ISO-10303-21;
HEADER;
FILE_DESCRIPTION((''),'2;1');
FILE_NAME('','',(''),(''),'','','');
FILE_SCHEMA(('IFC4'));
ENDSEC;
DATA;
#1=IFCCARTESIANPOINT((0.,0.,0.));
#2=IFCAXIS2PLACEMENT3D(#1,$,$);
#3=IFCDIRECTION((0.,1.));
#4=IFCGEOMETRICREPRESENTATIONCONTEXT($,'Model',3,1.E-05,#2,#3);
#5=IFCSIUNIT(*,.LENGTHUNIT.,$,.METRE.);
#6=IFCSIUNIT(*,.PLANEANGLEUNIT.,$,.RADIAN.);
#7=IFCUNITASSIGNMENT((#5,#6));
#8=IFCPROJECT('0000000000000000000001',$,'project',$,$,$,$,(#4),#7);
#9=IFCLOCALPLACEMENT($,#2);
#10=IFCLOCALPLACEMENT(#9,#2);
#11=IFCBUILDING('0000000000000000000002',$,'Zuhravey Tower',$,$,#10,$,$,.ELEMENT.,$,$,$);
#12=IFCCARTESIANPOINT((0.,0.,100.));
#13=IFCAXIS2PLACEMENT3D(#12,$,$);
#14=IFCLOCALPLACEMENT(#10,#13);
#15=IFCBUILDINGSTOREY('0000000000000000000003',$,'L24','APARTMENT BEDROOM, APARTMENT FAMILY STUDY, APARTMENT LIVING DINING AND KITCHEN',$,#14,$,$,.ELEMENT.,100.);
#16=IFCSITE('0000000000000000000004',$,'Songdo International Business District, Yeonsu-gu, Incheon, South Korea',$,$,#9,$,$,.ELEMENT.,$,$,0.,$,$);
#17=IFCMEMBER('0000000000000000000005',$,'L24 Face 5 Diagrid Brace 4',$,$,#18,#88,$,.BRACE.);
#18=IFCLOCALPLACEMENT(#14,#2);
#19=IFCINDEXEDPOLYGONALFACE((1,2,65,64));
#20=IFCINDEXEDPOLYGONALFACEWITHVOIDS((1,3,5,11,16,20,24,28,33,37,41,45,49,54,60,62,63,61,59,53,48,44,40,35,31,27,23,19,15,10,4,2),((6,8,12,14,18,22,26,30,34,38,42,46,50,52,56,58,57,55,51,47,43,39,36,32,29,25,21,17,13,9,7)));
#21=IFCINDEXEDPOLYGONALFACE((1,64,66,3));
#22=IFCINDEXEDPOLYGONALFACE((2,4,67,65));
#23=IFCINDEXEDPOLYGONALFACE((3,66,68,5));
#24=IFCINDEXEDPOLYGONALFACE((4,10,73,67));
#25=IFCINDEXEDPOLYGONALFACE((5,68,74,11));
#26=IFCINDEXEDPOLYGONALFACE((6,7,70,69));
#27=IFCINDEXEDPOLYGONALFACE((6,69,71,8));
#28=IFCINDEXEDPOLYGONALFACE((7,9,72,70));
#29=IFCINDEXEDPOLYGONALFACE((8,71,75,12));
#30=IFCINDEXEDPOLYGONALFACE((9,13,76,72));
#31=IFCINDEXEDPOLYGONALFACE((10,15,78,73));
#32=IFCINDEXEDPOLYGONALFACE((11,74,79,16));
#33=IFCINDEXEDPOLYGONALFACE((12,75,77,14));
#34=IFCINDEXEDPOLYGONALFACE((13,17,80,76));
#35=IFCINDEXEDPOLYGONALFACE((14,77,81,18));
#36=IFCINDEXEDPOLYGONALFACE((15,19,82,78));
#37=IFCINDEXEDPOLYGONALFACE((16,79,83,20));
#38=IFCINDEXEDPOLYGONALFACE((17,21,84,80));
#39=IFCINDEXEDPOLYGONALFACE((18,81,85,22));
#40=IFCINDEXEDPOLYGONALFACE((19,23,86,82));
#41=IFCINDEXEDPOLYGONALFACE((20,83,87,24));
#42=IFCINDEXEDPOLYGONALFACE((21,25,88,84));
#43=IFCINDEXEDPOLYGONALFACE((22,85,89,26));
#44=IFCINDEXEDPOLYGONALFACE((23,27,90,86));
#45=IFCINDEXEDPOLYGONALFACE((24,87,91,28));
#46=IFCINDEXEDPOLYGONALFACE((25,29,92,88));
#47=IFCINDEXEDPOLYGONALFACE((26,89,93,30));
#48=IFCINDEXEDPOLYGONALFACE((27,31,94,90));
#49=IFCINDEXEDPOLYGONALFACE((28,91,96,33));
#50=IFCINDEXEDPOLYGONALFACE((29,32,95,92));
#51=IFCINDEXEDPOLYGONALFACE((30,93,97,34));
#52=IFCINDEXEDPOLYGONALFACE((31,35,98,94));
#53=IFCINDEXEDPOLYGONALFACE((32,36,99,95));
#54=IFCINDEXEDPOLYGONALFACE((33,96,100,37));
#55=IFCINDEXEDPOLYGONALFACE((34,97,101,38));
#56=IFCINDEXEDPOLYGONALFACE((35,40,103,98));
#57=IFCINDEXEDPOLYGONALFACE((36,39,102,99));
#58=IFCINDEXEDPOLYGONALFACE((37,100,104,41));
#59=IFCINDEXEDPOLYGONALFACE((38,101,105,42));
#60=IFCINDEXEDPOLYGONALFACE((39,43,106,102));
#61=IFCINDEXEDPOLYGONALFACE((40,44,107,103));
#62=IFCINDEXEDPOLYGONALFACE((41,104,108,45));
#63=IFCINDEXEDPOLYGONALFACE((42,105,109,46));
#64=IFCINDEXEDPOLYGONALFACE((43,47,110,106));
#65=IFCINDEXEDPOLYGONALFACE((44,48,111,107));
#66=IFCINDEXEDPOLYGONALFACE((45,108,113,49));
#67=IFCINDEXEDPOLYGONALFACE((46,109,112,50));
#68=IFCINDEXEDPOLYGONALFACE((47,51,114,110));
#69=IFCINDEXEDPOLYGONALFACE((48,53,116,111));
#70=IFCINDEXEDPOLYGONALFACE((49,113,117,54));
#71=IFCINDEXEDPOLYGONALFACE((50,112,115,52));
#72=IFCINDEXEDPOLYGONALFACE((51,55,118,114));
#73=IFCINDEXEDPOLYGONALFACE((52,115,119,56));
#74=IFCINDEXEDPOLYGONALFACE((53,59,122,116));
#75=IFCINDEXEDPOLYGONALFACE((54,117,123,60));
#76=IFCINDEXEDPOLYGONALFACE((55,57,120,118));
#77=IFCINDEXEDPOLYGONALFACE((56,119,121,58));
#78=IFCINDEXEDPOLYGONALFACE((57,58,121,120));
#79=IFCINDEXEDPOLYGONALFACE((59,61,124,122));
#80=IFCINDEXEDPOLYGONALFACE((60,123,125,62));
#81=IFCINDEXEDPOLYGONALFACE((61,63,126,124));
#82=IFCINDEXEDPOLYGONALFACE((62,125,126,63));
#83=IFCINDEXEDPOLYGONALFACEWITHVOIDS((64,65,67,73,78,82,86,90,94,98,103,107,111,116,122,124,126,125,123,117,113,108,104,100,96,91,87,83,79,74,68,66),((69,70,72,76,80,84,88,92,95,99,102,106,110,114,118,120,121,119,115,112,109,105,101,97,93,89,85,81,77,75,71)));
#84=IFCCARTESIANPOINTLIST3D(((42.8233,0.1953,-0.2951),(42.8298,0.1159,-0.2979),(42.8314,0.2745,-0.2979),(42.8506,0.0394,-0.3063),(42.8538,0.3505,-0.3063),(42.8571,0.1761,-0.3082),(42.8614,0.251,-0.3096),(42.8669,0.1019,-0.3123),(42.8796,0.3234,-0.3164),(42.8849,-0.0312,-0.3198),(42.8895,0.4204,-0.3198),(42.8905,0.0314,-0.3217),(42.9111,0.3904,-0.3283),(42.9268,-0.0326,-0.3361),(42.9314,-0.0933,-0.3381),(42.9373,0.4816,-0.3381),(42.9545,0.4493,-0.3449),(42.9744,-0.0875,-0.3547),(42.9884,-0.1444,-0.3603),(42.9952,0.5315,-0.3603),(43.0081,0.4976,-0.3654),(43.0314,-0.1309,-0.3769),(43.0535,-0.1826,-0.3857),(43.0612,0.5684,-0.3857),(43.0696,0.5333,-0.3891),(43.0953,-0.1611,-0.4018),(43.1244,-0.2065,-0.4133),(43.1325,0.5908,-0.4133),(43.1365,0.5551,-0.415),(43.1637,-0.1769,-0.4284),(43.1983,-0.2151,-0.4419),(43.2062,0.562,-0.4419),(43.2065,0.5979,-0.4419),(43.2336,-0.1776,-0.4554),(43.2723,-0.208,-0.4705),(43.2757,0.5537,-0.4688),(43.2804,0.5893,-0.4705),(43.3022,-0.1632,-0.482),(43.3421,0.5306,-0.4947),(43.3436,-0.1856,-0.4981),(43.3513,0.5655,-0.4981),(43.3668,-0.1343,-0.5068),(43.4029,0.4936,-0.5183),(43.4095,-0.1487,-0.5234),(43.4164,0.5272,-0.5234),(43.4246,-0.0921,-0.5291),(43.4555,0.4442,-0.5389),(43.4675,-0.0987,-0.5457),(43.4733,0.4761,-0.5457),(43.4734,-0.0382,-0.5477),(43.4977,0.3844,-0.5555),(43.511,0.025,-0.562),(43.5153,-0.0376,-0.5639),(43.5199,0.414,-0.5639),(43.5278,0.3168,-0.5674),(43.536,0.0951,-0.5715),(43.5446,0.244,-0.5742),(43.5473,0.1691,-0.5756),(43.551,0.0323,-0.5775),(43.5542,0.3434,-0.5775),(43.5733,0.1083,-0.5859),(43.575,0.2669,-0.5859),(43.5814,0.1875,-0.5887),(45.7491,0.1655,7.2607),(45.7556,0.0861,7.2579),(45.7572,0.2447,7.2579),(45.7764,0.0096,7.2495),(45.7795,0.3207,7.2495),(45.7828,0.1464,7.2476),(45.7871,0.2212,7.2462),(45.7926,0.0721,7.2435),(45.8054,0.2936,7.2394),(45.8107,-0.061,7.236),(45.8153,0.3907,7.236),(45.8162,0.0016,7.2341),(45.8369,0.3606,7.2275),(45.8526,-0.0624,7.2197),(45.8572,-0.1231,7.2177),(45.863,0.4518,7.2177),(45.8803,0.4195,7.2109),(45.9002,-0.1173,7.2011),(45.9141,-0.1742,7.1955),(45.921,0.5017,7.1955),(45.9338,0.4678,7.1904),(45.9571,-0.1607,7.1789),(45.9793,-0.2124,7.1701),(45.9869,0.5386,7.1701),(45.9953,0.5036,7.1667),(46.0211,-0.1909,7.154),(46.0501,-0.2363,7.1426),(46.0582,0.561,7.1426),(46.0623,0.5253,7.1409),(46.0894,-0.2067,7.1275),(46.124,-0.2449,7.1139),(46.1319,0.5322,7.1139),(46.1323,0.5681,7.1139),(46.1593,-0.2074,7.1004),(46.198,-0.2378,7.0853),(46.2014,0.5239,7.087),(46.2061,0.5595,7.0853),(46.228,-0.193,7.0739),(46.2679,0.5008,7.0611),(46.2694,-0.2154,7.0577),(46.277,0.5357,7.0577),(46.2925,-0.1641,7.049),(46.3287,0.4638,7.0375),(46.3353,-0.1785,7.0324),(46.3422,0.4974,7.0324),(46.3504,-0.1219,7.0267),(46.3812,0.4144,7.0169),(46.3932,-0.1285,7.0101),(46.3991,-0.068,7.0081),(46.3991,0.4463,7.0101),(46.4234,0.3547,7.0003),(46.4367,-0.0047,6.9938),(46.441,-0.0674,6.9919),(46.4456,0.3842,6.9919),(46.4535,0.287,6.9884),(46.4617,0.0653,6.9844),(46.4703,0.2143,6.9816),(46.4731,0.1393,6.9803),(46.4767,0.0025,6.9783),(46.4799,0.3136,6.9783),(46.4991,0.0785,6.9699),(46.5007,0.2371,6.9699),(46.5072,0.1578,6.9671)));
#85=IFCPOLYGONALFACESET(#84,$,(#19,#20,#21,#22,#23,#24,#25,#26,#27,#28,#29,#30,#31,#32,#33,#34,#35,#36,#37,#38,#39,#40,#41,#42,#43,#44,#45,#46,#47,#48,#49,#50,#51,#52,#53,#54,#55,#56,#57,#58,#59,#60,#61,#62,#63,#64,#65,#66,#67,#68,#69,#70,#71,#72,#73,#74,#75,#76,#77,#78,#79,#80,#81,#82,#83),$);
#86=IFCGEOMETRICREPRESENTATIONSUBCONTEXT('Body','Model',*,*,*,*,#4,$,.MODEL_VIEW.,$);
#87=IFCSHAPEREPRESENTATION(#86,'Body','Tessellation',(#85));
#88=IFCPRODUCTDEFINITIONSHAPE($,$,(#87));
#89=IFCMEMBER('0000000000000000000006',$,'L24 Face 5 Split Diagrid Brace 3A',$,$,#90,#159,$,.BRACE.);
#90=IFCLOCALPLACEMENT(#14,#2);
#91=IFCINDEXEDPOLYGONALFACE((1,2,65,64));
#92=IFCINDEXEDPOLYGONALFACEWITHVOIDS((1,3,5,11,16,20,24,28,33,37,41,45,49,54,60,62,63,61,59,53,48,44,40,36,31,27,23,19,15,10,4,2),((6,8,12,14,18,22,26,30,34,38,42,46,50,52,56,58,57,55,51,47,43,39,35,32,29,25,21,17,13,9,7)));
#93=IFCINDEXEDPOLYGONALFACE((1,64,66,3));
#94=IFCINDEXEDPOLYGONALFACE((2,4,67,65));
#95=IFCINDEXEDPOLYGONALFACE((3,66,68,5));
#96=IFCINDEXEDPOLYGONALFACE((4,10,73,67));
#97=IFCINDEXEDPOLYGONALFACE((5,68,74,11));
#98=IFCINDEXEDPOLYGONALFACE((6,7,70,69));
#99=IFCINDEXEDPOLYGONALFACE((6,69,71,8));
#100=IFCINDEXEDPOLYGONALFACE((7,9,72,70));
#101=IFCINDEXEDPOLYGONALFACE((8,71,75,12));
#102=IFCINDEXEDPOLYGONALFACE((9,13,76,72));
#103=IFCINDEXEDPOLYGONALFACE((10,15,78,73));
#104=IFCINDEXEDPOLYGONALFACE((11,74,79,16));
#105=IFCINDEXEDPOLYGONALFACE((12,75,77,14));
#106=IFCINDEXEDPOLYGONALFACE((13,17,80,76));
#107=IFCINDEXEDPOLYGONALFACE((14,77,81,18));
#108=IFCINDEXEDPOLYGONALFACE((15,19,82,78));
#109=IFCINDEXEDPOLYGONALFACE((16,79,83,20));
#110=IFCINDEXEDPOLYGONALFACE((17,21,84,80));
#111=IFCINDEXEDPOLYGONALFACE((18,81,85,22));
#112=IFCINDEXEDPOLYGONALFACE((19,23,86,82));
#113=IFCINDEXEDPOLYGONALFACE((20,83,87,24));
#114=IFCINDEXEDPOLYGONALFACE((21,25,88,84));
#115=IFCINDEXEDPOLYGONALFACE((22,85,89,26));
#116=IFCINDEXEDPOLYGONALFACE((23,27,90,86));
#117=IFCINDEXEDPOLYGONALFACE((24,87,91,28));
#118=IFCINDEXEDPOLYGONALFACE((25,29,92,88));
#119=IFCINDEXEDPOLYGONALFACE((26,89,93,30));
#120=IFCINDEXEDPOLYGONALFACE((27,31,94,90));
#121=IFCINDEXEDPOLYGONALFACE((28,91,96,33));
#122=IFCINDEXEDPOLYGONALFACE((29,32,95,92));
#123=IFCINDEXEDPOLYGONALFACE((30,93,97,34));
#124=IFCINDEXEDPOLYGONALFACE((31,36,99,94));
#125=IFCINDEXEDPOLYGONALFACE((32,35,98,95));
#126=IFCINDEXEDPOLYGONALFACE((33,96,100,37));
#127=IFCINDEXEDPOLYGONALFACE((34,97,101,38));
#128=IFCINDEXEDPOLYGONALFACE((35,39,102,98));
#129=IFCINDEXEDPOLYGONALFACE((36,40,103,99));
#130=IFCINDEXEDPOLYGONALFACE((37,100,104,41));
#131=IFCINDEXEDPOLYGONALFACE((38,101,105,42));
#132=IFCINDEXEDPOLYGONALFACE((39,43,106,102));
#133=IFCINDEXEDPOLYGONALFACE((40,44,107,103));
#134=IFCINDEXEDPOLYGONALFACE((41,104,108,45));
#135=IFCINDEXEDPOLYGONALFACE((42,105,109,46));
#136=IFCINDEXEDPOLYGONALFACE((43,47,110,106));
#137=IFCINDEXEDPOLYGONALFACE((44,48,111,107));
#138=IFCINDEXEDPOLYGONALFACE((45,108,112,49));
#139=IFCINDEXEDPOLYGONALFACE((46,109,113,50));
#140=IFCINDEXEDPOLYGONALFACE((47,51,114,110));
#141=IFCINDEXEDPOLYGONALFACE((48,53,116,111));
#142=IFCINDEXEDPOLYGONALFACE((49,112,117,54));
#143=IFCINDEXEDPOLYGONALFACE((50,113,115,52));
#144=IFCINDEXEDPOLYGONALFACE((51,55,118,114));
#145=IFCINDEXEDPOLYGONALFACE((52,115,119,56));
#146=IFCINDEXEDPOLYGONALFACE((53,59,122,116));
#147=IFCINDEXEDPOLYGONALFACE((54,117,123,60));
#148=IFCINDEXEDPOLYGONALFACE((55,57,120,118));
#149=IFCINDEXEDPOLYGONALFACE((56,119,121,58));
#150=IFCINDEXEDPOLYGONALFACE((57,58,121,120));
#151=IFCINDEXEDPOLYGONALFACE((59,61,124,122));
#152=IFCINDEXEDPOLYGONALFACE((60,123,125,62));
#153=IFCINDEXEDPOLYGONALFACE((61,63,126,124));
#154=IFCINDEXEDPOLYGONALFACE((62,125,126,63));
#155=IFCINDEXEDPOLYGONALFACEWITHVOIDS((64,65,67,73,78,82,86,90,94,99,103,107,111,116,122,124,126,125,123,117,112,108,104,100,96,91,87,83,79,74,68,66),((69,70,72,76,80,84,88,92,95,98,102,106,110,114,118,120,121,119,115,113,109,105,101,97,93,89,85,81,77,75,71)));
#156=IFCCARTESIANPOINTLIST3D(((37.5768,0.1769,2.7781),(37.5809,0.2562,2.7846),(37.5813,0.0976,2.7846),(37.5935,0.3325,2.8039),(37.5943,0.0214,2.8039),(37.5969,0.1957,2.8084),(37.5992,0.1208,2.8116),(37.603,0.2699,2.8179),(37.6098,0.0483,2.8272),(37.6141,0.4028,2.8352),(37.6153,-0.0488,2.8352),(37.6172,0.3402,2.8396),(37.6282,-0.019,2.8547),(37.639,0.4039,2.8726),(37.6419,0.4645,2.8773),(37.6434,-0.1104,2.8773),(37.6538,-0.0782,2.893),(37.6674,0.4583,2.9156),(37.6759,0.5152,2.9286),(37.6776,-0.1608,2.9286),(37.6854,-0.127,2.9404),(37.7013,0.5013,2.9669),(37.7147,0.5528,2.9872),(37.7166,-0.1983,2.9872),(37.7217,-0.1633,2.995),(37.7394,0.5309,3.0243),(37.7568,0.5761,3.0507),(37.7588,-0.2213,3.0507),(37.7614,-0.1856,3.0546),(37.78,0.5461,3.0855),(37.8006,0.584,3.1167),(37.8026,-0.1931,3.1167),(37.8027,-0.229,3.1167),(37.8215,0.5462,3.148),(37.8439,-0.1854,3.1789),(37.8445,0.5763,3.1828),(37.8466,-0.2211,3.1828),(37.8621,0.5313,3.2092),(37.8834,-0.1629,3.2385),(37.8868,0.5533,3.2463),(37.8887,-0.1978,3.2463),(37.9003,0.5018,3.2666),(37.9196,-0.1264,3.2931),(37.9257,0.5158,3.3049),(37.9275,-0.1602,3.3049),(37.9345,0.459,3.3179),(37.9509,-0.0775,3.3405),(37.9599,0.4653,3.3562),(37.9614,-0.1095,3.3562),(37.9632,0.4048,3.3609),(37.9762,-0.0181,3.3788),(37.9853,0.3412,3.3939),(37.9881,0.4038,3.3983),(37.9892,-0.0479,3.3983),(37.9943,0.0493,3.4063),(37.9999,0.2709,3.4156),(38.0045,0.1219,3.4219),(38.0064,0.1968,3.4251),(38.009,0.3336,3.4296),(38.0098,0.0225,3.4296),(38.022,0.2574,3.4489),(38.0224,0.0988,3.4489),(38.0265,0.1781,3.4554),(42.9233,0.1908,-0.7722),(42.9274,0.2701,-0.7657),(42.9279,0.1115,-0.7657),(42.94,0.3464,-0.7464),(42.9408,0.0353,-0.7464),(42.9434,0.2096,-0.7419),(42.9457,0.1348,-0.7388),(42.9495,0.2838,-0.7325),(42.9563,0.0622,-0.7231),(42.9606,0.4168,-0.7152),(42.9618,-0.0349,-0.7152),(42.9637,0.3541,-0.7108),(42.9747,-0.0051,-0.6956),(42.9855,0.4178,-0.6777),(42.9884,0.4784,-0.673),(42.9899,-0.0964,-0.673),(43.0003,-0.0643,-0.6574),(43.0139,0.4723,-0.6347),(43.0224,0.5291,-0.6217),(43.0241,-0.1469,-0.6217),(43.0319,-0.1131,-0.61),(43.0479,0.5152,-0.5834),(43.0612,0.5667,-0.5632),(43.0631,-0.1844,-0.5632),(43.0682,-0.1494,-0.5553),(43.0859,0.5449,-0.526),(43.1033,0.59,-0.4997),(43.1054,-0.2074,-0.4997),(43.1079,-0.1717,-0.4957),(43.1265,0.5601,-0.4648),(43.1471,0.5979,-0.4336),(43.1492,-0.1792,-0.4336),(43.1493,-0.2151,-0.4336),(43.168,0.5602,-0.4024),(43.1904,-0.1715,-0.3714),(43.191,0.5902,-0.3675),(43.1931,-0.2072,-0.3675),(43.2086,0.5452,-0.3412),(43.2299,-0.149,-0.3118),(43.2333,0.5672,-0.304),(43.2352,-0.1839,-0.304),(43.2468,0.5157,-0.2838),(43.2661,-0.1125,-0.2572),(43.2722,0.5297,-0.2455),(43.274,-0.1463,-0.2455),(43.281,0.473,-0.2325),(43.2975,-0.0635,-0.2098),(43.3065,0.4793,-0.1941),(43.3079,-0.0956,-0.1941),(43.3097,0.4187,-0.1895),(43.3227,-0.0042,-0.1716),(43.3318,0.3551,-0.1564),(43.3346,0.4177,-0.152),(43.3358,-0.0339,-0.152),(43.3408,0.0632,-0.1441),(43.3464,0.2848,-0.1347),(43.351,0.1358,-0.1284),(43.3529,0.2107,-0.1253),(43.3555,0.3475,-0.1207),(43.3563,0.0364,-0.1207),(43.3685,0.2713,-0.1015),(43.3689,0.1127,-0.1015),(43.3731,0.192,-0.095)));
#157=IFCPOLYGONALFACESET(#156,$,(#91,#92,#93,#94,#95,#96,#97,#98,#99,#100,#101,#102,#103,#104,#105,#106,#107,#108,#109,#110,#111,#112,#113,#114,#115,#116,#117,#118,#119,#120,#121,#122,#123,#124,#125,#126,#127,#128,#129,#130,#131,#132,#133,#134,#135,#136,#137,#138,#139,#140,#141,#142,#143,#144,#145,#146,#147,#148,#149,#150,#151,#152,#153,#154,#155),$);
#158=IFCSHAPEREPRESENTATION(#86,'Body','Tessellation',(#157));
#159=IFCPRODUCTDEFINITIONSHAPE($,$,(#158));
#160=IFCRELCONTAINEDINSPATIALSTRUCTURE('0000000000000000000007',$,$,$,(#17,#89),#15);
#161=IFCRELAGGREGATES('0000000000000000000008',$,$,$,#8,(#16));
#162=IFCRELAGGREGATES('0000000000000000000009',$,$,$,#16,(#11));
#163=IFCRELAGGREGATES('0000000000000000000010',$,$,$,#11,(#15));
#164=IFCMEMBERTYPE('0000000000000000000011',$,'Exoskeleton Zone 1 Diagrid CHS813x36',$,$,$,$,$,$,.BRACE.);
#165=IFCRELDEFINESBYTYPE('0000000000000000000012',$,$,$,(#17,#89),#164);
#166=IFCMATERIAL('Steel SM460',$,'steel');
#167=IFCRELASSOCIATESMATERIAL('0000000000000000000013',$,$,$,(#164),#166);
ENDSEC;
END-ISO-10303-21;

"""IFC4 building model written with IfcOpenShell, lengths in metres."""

from ifc_helpers import new_model, si_unit, direction, frame, origin, origin_2d, place, context, subcontext, project, spatial, hollow_circle, extrude, material, material_profile, profile_set, type_object, element, save


model = new_model("IFC4")

# Units and contexts
model_context = context("Model", 3, precision=1e-05, world=origin(), true_north=direction((0.0, 1.0)))
body_context = subcontext(model_context, "Body", "Model", "MODEL_VIEW")
ifc_project = project(units=[si_unit("LENGTHUNIT", "METRE"), si_unit("PLANEANGLEUNIT", "RADIAN")], contexts=[model_context])

# Site, building, storey
site_placement = place(None, origin())
site = spatial("IfcSite", under=ifc_project, at=site_placement, Name="Songdo International Business District, Yeonsu-gu, Incheon, South Korea", CompositionType="ELEMENT", RefElevation=0.0)
building_placement = place(site_placement, origin())
building = spatial("IfcBuilding", under=site, at=building_placement, Name="Zuhravey Tower", CompositionType="ELEMENT")
storey_placement = place(building_placement, frame((0.0, 0.0, 100.0)))
storey = spatial("IfcBuildingStorey", under=building, at=storey_placement, Name="L24", Description="APARTMENT BEDROOM, APARTMENT FAMILY STUDY, APARTMENT LIVING DINING AND KITCHEN", CompositionType="ELEMENT", Elevation=100.0)

# Members
ifc_material_1 = material(Name="Steel SM460", Category="steel")
ifc_material_profile_1 = material_profile(ifc_material_1, hollow_circle(Radius=0.4065, WallThickness=0.0359, at=origin_2d()), Name="CHS-812.8x36")
ifc_profile_set_1 = profile_set([ifc_material_profile_1], Name="Steel SM460")
member_type_1 = type_object("IfcMemberType", Name="Exoskeleton Zone 1 Diagrid CHS813x36", PredefinedType="BRACE", material=ifc_profile_set_1)
member_1_placement = place(storey_placement, frame((43.2024, 0.1914, -0.4419), z_axis=(0.36109, -0.003676, 0.932524), x_axis=(0.01018, 0.999948, 0.0)))
element("IfcMember", 1, at=member_1_placement, inside=storey, type_object=member_type_1, Name="L24 Face 5 Diagrid Brace 4", PredefinedType="BRACE", context=body_context, shape_type="SweptSolid", body=[
    extrude(hollow_circle(Radius=0.4065, WallThickness=0.0359, at=origin_2d()), origin(), (0.0, 0.0, 1.0), 8.1025),
])
member_2_placement = place(storey_placement, frame((43.1482, 0.1914, -0.4336), z_axis=(-0.833054, -0.002168, 0.553188), x_axis=(0.002603, -0.999997, 0.0)))
element("IfcMember", 2, at=member_2_placement, inside=storey, type_object=member_type_1, Name="L24 Face 5 Split Diagrid Brace 3A", PredefinedType="BRACE", context=body_context, shape_type="SweptSolid", body=[
    extrude(hollow_circle(Radius=0.4065, WallThickness=0.0359, at=origin_2d()), origin(), (0.0, 0.0, 1.0), 6.418),
])

save(model, "model.ifc")
